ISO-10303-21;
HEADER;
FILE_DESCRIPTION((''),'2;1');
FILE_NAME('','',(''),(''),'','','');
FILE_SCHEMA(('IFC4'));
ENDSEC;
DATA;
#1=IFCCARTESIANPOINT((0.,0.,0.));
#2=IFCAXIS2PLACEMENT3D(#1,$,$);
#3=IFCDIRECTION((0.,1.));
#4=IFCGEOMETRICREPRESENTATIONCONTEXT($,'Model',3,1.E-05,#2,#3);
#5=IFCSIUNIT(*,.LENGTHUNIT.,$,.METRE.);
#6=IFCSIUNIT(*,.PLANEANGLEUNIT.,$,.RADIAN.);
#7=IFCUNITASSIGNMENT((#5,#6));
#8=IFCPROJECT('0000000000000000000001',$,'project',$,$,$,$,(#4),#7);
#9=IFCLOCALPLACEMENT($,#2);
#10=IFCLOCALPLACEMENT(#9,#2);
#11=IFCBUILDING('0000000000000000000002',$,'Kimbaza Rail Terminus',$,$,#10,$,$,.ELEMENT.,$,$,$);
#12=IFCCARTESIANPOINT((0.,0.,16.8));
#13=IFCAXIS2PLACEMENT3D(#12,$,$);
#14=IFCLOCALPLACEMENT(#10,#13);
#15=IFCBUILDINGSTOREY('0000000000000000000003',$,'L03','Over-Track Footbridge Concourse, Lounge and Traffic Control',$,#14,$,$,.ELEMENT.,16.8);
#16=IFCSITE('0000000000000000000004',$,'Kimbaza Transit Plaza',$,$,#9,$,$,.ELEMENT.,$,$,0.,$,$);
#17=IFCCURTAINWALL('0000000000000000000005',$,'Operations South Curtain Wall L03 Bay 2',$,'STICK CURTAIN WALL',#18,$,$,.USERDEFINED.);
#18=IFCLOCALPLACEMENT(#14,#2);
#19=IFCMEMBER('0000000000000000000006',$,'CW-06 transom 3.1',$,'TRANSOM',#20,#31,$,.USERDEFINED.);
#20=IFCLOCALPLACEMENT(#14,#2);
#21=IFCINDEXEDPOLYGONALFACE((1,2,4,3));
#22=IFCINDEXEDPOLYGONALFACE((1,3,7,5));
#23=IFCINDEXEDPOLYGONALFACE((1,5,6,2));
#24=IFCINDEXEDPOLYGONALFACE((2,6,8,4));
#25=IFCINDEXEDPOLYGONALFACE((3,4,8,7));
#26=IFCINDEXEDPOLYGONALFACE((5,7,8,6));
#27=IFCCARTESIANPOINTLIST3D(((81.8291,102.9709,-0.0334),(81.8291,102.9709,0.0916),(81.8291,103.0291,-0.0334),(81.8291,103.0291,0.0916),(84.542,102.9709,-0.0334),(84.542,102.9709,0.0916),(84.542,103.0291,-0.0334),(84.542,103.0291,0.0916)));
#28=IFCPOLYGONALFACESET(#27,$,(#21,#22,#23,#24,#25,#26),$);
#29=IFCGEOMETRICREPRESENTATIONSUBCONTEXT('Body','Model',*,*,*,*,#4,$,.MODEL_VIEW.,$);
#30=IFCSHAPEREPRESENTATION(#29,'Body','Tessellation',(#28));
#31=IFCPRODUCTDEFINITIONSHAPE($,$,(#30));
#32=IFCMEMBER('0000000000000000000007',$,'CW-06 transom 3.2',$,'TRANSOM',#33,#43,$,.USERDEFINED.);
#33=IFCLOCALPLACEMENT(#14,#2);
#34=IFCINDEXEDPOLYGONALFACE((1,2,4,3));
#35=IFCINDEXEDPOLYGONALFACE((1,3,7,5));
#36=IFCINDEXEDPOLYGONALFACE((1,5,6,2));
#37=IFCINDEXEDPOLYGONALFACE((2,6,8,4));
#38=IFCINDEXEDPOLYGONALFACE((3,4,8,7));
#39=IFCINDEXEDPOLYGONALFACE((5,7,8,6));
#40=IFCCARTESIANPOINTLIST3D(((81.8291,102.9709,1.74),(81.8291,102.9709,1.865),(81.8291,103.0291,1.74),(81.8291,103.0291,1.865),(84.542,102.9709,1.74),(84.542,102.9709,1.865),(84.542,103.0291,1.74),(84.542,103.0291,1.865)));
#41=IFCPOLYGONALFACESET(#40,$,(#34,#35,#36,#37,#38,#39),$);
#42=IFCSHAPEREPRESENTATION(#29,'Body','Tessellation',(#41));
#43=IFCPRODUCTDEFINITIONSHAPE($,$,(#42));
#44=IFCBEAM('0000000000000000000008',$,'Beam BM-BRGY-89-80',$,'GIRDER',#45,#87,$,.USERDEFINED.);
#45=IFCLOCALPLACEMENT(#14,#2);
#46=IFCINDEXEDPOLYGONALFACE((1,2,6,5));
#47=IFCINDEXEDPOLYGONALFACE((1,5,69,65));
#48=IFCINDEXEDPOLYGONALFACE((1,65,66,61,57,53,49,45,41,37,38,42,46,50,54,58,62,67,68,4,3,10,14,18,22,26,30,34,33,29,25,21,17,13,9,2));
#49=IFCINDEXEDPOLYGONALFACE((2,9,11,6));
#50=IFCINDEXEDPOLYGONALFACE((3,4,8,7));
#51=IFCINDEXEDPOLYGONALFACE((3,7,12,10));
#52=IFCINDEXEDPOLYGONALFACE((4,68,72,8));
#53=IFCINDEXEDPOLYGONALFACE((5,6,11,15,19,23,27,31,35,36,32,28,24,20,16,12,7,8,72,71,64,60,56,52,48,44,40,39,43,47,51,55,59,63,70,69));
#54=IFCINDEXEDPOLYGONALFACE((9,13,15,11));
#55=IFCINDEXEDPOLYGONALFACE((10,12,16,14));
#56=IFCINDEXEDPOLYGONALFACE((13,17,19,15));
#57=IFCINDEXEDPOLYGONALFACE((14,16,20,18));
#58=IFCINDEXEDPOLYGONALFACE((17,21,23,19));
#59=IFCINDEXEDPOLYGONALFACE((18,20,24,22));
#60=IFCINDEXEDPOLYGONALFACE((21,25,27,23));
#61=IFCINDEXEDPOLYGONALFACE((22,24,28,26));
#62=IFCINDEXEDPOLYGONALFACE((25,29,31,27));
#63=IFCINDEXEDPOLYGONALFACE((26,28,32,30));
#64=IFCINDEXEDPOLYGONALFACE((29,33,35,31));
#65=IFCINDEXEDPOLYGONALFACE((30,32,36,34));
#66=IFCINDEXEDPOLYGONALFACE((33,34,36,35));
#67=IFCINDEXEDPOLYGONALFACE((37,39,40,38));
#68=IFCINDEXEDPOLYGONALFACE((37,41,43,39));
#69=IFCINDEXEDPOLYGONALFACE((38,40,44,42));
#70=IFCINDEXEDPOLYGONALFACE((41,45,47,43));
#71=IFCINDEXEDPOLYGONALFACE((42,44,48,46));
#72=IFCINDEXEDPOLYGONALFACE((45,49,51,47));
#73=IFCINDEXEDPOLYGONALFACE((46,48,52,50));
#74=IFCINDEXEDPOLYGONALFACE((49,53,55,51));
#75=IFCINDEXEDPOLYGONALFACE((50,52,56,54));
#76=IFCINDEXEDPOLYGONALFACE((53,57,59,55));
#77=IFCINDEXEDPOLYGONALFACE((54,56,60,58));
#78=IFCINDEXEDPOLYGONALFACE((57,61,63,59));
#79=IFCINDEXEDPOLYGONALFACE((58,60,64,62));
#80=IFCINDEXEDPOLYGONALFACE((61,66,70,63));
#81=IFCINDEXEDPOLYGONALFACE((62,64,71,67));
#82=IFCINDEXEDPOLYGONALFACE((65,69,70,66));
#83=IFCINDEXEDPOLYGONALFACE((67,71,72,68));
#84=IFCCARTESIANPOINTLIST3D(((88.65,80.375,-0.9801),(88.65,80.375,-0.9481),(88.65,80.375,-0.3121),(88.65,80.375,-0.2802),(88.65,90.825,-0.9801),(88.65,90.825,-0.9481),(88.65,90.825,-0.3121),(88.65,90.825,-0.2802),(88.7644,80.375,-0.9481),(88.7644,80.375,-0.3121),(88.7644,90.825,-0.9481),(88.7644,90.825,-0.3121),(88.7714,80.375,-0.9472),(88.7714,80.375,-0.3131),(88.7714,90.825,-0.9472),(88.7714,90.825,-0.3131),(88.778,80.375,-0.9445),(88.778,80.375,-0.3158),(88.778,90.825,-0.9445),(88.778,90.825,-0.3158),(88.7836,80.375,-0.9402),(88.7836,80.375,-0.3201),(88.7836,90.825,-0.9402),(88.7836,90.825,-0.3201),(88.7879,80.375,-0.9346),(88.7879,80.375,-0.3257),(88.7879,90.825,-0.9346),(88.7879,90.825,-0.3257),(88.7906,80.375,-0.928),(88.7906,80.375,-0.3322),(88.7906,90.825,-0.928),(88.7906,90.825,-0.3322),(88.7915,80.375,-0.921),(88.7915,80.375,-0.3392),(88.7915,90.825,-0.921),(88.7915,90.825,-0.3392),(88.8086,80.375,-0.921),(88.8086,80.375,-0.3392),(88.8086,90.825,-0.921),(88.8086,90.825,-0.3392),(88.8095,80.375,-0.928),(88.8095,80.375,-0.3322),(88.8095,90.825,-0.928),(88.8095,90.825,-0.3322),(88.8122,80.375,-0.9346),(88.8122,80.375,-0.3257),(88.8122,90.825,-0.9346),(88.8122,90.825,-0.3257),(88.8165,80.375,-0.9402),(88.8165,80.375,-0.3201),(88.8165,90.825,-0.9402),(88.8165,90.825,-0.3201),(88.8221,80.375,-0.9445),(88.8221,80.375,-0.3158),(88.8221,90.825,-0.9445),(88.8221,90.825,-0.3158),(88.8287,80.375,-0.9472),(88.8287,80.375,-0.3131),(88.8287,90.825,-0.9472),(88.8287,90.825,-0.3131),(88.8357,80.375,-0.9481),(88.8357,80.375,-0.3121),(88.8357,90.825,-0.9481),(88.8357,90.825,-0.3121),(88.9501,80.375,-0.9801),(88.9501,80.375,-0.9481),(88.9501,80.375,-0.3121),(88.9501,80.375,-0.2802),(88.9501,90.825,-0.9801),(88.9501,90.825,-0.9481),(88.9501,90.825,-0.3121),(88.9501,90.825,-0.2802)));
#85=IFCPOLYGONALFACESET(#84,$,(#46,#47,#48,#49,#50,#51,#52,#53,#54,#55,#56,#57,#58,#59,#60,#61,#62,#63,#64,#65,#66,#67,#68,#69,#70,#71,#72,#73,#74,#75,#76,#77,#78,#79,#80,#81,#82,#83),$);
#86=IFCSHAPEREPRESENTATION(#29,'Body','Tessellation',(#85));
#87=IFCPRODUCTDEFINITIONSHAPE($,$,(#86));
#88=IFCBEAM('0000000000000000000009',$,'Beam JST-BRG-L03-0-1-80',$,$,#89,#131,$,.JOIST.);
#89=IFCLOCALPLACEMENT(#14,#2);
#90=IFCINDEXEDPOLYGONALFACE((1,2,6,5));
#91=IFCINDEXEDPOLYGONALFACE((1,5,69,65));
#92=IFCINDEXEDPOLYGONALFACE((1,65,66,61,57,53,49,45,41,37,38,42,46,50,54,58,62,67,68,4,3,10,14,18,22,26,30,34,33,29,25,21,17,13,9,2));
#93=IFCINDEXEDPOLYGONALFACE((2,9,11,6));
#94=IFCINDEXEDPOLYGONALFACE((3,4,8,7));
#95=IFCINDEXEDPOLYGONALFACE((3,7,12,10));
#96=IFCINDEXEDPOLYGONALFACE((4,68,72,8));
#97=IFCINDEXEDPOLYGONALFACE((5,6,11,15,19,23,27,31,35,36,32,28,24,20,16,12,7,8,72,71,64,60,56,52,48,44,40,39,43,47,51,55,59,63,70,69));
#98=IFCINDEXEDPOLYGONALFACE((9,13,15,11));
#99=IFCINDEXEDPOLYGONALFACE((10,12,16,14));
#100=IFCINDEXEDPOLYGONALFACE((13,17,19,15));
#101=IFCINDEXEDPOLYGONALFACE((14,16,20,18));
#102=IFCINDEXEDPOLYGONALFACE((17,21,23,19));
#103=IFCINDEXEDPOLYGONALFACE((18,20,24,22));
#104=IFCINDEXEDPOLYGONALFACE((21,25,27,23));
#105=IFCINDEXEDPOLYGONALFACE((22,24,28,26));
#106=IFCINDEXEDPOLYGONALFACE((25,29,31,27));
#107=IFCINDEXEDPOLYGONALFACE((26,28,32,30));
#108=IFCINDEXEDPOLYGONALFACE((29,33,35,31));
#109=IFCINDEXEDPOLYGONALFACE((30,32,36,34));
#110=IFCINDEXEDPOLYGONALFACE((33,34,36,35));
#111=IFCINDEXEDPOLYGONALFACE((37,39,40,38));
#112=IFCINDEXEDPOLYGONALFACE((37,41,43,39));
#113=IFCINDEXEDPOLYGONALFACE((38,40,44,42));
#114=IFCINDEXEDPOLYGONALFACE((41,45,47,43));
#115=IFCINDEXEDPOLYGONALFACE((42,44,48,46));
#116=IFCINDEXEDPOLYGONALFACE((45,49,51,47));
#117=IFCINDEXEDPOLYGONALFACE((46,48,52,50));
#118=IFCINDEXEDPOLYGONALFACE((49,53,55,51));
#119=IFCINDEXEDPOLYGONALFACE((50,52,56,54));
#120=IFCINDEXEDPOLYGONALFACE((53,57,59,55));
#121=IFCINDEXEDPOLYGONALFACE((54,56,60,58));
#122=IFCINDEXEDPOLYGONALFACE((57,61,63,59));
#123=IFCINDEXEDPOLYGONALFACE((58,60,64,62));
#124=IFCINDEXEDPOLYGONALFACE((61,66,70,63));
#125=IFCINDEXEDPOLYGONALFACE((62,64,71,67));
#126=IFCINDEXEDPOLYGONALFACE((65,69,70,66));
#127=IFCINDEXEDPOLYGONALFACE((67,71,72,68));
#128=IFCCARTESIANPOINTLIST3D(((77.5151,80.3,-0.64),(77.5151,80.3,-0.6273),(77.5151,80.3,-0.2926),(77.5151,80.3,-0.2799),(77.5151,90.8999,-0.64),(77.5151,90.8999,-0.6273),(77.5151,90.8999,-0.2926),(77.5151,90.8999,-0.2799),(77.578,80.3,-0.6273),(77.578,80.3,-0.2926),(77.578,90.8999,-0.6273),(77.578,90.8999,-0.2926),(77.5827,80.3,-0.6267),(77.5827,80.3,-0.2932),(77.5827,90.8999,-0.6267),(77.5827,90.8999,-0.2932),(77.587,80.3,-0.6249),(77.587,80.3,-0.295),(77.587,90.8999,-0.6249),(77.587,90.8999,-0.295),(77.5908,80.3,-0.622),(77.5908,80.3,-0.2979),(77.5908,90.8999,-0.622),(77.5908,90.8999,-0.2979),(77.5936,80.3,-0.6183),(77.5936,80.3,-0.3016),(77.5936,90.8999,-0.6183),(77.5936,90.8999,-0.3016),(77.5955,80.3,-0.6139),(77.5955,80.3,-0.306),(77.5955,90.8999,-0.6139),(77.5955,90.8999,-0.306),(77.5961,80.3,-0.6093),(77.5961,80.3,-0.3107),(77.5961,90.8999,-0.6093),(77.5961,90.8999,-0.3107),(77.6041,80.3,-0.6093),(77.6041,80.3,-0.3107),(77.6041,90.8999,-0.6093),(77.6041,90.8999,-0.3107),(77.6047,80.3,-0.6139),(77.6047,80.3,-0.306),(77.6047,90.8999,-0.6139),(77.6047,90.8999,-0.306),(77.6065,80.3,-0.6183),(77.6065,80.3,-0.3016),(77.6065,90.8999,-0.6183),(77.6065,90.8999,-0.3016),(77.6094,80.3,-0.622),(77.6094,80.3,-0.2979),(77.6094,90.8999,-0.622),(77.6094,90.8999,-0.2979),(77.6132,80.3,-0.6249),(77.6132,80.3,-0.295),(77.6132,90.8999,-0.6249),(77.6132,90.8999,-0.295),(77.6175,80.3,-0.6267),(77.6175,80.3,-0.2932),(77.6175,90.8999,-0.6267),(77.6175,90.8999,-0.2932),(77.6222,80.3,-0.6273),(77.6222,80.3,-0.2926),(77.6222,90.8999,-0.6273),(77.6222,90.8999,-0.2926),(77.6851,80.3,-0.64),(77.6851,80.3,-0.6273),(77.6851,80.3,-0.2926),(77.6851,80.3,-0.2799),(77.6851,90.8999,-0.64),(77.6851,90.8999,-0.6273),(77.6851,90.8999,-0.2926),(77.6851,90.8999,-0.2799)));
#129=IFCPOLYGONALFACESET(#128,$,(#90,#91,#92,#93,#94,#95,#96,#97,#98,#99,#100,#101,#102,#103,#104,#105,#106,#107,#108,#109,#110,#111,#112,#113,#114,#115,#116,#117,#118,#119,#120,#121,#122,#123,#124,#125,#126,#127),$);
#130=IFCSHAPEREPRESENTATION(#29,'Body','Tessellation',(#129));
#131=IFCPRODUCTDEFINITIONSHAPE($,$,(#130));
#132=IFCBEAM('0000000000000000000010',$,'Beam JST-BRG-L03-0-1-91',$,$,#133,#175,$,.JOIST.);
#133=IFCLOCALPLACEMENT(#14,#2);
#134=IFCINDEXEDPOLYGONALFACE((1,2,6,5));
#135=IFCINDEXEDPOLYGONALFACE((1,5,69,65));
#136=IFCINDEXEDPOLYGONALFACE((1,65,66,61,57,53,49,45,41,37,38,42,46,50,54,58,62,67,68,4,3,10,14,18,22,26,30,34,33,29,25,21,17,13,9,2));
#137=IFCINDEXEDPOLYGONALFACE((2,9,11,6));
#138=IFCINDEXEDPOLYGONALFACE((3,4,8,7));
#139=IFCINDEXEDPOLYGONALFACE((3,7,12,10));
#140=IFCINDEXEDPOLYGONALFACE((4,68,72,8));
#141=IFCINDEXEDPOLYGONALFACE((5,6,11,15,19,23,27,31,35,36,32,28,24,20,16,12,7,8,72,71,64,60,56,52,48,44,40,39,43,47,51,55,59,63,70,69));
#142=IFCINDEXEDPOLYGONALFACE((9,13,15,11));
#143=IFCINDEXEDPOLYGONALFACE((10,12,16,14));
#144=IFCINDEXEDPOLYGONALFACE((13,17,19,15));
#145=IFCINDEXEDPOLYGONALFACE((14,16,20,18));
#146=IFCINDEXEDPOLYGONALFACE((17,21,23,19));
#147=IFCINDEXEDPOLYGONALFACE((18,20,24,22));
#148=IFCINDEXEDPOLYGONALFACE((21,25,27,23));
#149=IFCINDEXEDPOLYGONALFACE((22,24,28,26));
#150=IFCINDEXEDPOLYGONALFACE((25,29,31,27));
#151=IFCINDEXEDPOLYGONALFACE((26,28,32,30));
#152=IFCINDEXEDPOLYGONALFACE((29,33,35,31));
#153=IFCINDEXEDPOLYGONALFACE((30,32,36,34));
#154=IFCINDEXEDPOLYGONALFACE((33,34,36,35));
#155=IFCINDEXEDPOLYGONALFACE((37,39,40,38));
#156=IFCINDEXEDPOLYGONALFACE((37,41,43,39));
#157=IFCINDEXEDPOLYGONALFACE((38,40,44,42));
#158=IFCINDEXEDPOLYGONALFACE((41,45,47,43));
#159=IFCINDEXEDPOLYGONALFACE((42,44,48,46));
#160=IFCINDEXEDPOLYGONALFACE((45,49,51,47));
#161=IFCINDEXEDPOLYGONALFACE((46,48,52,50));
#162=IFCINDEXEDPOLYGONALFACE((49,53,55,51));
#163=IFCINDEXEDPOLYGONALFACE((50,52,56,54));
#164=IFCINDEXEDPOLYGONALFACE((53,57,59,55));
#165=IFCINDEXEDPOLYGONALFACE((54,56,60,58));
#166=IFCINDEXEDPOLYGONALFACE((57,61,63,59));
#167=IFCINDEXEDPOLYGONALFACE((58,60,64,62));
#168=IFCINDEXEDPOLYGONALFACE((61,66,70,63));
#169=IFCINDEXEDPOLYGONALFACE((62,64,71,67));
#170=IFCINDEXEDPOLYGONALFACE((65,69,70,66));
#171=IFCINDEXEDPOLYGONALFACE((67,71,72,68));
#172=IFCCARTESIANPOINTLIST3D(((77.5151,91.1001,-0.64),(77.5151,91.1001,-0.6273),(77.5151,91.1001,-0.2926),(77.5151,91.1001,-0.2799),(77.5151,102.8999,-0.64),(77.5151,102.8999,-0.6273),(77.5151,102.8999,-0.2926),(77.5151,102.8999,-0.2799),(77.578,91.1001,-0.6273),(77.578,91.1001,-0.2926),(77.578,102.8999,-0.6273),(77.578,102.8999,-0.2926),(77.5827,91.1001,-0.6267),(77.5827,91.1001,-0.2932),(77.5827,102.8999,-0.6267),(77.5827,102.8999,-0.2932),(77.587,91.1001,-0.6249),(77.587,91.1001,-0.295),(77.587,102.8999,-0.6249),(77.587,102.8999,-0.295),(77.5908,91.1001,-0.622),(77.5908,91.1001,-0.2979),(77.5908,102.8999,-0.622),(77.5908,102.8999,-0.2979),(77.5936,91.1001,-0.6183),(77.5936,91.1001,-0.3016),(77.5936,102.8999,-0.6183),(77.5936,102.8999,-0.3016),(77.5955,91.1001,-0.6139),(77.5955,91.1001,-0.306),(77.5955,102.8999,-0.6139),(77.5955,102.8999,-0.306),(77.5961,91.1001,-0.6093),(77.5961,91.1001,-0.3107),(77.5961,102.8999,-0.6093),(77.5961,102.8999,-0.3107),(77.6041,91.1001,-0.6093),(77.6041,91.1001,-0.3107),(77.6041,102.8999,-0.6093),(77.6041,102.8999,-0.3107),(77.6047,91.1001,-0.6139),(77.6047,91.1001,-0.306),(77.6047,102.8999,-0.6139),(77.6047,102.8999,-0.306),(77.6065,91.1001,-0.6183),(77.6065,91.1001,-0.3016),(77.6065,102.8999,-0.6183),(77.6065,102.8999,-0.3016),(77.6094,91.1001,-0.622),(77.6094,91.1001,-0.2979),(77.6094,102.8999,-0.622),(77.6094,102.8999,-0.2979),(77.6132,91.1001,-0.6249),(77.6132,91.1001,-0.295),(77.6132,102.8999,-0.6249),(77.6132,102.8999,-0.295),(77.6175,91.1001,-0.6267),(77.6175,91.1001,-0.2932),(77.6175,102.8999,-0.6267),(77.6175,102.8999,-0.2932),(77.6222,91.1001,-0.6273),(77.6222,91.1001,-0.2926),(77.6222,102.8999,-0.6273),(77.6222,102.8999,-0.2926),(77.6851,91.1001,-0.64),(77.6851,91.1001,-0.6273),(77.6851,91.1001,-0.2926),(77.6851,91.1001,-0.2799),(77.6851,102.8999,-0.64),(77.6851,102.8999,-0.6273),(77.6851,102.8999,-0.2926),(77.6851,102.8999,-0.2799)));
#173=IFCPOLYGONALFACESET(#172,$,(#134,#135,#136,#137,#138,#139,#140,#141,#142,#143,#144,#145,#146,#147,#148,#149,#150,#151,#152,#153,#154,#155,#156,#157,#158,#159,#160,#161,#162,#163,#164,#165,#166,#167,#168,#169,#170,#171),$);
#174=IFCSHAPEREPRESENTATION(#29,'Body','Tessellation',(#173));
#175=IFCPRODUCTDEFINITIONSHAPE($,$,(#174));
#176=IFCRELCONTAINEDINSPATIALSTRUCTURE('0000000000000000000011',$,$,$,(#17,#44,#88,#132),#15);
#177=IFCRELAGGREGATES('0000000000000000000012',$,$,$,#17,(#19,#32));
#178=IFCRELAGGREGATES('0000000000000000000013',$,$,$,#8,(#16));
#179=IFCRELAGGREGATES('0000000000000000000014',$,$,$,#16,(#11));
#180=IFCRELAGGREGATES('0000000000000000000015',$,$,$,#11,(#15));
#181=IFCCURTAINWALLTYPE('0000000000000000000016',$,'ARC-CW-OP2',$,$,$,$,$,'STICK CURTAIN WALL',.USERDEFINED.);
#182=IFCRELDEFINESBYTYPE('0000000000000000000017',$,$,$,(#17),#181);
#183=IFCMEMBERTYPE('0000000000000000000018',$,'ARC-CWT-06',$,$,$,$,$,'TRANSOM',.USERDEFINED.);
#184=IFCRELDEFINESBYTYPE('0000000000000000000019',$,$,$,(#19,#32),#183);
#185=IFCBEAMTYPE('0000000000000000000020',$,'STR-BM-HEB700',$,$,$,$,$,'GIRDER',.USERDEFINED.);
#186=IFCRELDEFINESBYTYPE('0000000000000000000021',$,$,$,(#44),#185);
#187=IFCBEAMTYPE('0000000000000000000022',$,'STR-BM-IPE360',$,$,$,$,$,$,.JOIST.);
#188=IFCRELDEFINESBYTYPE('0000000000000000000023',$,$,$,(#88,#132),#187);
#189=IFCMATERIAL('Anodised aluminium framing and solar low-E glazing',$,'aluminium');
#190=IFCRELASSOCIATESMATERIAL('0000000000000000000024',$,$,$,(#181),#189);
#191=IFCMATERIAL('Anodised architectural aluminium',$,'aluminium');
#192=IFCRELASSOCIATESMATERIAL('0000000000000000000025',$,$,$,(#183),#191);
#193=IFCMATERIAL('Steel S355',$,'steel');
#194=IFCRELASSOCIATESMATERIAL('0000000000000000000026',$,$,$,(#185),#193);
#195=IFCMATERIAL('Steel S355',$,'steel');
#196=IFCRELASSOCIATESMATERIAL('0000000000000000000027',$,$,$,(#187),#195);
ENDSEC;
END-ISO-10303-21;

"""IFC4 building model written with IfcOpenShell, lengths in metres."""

from ifc_helpers import new_model, si_unit, direction, frame, origin, origin_2d, place, context, subcontext, project, spatial, rectangle, i_section, extrude, material, material_profile, profile_set, type_object, element, aggregate, save


model = new_model("IFC4")

# Units and contexts
model_context = context("Model", 3, precision=1e-05, world=origin(), true_north=direction((0.0, 1.0)))
body_context = subcontext(model_context, "Body", "Model", "MODEL_VIEW")
ifc_project = project(units=[si_unit("LENGTHUNIT", "METRE"), si_unit("PLANEANGLEUNIT", "RADIAN")], contexts=[model_context])

# Site, building, storey
site_placement = place(None, origin())
site = spatial("IfcSite", under=ifc_project, at=site_placement, Name="Kimbaza Transit Plaza", CompositionType="ELEMENT", RefElevation=0.0)
building_placement = place(site_placement, origin())
building = spatial("IfcBuilding", under=site, at=building_placement, Name="Kimbaza Rail Terminus", CompositionType="ELEMENT")
storey_placement = place(building_placement, frame((0.0, 0.0, 16.8)))
storey = spatial("IfcBuildingStorey", under=building, at=storey_placement, Name="L03", Description="Over-Track Footbridge Concourse, Lounge and Traffic Control", CompositionType="ELEMENT", Elevation=16.8)

# Curtain wall, members
ifc_material_1 = material(Name="Anodised aluminium framing and solar low-E glazing", Category="aluminium")
curtain_wall_type_1 = type_object("IfcCurtainWallType", Name="ARC-CW-OP2", ElementType="STICK CURTAIN WALL", PredefinedType="USERDEFINED", material=ifc_material_1)
curtain_wall_1_placement = place(storey_placement, origin())
curtain_wall_1 = element("IfcCurtainWall", 1, at=curtain_wall_1_placement, inside=storey, type_object=curtain_wall_type_1, Name="Operations South Curtain Wall L03 Bay 2", ObjectType="STICK CURTAIN WALL", PredefinedType="USERDEFINED")
ifc_material_2 = material(Name="Anodised architectural aluminium", Category="aluminium")
ifc_material_profile_1 = material_profile(ifc_material_2, rectangle(XDim=0.0581, YDim=0.125, at=origin_2d()), Name="TRANSOM 58x125")
ifc_profile_set_1 = profile_set([ifc_material_profile_1], Name="Anodised architectural aluminium")
member_type_1 = type_object("IfcMemberType", Name="ARC-CWT-06", ElementType="TRANSOM", PredefinedType="USERDEFINED", material=ifc_profile_set_1)
member_1_placement = place(storey_placement, frame((81.8291, 103.0, 0.0291), z_axis=(1.0, 0.0, 0.0), x_axis=(0.0, 1.0, 0.0)))
member_1 = element("IfcMember", 2, at=member_1_placement, type_object=member_type_1, Name="CW-06 transom 3.1", ObjectType="TRANSOM", PredefinedType="USERDEFINED", context=body_context, shape_type="SweptSolid", body=[
    extrude(rectangle(XDim=0.0581, YDim=0.125, at=origin_2d()), origin(), (0.0, 0.0, 1.0), 2.7129),
])
member_2_placement = place(storey_placement, frame((81.8291, 103.0, 1.8025), z_axis=(1.0, 0.0, 0.0), x_axis=(0.0, 1.0, 0.0)))
member_2 = element("IfcMember", 3, at=member_2_placement, type_object=member_type_1, Name="CW-06 transom 3.2", ObjectType="TRANSOM", PredefinedType="USERDEFINED", context=body_context, shape_type="SweptSolid", body=[
    extrude(rectangle(XDim=0.0581, YDim=0.125, at=origin_2d()), origin(), (0.0, 0.0, 1.0), 2.7129),
])

# Beams
ifc_material_3 = material(Name="Steel S355", Category="steel")
ifc_material_profile_2 = material_profile(ifc_material_3, i_section(OverallWidth=0.3, OverallDepth=0.7, WebThickness=0.0171, FlangeThickness=0.032, FilletRadius=0.0271, at=origin_2d()), Name="HEB 700")
ifc_profile_set_2 = profile_set([ifc_material_profile_2], Name="Steel S355")
beam_type_1 = type_object("IfcBeamType", Name="STR-BM-HEB700", ElementType="GIRDER", PredefinedType="USERDEFINED", material=ifc_profile_set_2)
beam_1_placement = place(storey_placement, frame((88.8, 80.375, -0.6301), z_axis=(0.0, 1.0, 0.0), x_axis=(-1.0, 0.0, 0.0)))
element("IfcBeam", 4, at=beam_1_placement, inside=storey, type_object=beam_type_1, Name="Beam BM-BRGY-89-80", ObjectType="GIRDER", PredefinedType="USERDEFINED", context=body_context, shape_type="SweptSolid", body=[
    extrude(i_section(OverallWidth=0.3, OverallDepth=0.7, WebThickness=0.0171, FlangeThickness=0.032, FilletRadius=0.0271, at=origin_2d()), origin(), (0.0, 0.0, 1.0), 10.45),
])
ifc_material_4 = material(Name="Steel S355", Category="steel")
ifc_material_profile_3 = material_profile(ifc_material_4, i_section(OverallWidth=0.1699, OverallDepth=0.3601, WebThickness=0.0081, FlangeThickness=0.0127, FilletRadius=0.0181, at=origin_2d()), Name="IPE 360")
ifc_profile_set_3 = profile_set([ifc_material_profile_3], Name="Steel S355")
beam_type_2 = type_object("IfcBeamType", Name="STR-BM-IPE360", PredefinedType="JOIST", material=ifc_profile_set_3)
beam_2_placement = place(storey_placement, frame((77.6001, 80.3, -0.46), z_axis=(0.0, 1.0, 0.0), x_axis=(-1.0, 0.0, 0.0)))
element("IfcBeam", 5, at=beam_2_placement, inside=storey, type_object=beam_type_2, Name="Beam JST-BRG-L03-0-1-80", PredefinedType="JOIST", context=body_context, shape_type="SweptSolid", body=[
    extrude(i_section(OverallWidth=0.1699, OverallDepth=0.3601, WebThickness=0.0081, FlangeThickness=0.0127, FilletRadius=0.0181, at=origin_2d()), origin(), (0.0, 0.0, 1.0), 10.5999),
])
beam_3_placement = place(storey_placement, frame((77.6001, 91.1001, -0.46), z_axis=(0.0, 1.0, 0.0), x_axis=(-1.0, 0.0, 0.0)))
element("IfcBeam", 6, at=beam_3_placement, inside=storey, type_object=beam_type_2, Name="Beam JST-BRG-L03-0-1-91", PredefinedType="JOIST", context=body_context, shape_type="SweptSolid", body=[
    extrude(i_section(OverallWidth=0.1699, OverallDepth=0.3601, WebThickness=0.0081, FlangeThickness=0.0127, FilletRadius=0.0181, at=origin_2d()), origin(), (0.0, 0.0, 1.0), 11.7998),
])

aggregate(curtain_wall_1, [member_1, member_2])

save(model, "model.ifc")
